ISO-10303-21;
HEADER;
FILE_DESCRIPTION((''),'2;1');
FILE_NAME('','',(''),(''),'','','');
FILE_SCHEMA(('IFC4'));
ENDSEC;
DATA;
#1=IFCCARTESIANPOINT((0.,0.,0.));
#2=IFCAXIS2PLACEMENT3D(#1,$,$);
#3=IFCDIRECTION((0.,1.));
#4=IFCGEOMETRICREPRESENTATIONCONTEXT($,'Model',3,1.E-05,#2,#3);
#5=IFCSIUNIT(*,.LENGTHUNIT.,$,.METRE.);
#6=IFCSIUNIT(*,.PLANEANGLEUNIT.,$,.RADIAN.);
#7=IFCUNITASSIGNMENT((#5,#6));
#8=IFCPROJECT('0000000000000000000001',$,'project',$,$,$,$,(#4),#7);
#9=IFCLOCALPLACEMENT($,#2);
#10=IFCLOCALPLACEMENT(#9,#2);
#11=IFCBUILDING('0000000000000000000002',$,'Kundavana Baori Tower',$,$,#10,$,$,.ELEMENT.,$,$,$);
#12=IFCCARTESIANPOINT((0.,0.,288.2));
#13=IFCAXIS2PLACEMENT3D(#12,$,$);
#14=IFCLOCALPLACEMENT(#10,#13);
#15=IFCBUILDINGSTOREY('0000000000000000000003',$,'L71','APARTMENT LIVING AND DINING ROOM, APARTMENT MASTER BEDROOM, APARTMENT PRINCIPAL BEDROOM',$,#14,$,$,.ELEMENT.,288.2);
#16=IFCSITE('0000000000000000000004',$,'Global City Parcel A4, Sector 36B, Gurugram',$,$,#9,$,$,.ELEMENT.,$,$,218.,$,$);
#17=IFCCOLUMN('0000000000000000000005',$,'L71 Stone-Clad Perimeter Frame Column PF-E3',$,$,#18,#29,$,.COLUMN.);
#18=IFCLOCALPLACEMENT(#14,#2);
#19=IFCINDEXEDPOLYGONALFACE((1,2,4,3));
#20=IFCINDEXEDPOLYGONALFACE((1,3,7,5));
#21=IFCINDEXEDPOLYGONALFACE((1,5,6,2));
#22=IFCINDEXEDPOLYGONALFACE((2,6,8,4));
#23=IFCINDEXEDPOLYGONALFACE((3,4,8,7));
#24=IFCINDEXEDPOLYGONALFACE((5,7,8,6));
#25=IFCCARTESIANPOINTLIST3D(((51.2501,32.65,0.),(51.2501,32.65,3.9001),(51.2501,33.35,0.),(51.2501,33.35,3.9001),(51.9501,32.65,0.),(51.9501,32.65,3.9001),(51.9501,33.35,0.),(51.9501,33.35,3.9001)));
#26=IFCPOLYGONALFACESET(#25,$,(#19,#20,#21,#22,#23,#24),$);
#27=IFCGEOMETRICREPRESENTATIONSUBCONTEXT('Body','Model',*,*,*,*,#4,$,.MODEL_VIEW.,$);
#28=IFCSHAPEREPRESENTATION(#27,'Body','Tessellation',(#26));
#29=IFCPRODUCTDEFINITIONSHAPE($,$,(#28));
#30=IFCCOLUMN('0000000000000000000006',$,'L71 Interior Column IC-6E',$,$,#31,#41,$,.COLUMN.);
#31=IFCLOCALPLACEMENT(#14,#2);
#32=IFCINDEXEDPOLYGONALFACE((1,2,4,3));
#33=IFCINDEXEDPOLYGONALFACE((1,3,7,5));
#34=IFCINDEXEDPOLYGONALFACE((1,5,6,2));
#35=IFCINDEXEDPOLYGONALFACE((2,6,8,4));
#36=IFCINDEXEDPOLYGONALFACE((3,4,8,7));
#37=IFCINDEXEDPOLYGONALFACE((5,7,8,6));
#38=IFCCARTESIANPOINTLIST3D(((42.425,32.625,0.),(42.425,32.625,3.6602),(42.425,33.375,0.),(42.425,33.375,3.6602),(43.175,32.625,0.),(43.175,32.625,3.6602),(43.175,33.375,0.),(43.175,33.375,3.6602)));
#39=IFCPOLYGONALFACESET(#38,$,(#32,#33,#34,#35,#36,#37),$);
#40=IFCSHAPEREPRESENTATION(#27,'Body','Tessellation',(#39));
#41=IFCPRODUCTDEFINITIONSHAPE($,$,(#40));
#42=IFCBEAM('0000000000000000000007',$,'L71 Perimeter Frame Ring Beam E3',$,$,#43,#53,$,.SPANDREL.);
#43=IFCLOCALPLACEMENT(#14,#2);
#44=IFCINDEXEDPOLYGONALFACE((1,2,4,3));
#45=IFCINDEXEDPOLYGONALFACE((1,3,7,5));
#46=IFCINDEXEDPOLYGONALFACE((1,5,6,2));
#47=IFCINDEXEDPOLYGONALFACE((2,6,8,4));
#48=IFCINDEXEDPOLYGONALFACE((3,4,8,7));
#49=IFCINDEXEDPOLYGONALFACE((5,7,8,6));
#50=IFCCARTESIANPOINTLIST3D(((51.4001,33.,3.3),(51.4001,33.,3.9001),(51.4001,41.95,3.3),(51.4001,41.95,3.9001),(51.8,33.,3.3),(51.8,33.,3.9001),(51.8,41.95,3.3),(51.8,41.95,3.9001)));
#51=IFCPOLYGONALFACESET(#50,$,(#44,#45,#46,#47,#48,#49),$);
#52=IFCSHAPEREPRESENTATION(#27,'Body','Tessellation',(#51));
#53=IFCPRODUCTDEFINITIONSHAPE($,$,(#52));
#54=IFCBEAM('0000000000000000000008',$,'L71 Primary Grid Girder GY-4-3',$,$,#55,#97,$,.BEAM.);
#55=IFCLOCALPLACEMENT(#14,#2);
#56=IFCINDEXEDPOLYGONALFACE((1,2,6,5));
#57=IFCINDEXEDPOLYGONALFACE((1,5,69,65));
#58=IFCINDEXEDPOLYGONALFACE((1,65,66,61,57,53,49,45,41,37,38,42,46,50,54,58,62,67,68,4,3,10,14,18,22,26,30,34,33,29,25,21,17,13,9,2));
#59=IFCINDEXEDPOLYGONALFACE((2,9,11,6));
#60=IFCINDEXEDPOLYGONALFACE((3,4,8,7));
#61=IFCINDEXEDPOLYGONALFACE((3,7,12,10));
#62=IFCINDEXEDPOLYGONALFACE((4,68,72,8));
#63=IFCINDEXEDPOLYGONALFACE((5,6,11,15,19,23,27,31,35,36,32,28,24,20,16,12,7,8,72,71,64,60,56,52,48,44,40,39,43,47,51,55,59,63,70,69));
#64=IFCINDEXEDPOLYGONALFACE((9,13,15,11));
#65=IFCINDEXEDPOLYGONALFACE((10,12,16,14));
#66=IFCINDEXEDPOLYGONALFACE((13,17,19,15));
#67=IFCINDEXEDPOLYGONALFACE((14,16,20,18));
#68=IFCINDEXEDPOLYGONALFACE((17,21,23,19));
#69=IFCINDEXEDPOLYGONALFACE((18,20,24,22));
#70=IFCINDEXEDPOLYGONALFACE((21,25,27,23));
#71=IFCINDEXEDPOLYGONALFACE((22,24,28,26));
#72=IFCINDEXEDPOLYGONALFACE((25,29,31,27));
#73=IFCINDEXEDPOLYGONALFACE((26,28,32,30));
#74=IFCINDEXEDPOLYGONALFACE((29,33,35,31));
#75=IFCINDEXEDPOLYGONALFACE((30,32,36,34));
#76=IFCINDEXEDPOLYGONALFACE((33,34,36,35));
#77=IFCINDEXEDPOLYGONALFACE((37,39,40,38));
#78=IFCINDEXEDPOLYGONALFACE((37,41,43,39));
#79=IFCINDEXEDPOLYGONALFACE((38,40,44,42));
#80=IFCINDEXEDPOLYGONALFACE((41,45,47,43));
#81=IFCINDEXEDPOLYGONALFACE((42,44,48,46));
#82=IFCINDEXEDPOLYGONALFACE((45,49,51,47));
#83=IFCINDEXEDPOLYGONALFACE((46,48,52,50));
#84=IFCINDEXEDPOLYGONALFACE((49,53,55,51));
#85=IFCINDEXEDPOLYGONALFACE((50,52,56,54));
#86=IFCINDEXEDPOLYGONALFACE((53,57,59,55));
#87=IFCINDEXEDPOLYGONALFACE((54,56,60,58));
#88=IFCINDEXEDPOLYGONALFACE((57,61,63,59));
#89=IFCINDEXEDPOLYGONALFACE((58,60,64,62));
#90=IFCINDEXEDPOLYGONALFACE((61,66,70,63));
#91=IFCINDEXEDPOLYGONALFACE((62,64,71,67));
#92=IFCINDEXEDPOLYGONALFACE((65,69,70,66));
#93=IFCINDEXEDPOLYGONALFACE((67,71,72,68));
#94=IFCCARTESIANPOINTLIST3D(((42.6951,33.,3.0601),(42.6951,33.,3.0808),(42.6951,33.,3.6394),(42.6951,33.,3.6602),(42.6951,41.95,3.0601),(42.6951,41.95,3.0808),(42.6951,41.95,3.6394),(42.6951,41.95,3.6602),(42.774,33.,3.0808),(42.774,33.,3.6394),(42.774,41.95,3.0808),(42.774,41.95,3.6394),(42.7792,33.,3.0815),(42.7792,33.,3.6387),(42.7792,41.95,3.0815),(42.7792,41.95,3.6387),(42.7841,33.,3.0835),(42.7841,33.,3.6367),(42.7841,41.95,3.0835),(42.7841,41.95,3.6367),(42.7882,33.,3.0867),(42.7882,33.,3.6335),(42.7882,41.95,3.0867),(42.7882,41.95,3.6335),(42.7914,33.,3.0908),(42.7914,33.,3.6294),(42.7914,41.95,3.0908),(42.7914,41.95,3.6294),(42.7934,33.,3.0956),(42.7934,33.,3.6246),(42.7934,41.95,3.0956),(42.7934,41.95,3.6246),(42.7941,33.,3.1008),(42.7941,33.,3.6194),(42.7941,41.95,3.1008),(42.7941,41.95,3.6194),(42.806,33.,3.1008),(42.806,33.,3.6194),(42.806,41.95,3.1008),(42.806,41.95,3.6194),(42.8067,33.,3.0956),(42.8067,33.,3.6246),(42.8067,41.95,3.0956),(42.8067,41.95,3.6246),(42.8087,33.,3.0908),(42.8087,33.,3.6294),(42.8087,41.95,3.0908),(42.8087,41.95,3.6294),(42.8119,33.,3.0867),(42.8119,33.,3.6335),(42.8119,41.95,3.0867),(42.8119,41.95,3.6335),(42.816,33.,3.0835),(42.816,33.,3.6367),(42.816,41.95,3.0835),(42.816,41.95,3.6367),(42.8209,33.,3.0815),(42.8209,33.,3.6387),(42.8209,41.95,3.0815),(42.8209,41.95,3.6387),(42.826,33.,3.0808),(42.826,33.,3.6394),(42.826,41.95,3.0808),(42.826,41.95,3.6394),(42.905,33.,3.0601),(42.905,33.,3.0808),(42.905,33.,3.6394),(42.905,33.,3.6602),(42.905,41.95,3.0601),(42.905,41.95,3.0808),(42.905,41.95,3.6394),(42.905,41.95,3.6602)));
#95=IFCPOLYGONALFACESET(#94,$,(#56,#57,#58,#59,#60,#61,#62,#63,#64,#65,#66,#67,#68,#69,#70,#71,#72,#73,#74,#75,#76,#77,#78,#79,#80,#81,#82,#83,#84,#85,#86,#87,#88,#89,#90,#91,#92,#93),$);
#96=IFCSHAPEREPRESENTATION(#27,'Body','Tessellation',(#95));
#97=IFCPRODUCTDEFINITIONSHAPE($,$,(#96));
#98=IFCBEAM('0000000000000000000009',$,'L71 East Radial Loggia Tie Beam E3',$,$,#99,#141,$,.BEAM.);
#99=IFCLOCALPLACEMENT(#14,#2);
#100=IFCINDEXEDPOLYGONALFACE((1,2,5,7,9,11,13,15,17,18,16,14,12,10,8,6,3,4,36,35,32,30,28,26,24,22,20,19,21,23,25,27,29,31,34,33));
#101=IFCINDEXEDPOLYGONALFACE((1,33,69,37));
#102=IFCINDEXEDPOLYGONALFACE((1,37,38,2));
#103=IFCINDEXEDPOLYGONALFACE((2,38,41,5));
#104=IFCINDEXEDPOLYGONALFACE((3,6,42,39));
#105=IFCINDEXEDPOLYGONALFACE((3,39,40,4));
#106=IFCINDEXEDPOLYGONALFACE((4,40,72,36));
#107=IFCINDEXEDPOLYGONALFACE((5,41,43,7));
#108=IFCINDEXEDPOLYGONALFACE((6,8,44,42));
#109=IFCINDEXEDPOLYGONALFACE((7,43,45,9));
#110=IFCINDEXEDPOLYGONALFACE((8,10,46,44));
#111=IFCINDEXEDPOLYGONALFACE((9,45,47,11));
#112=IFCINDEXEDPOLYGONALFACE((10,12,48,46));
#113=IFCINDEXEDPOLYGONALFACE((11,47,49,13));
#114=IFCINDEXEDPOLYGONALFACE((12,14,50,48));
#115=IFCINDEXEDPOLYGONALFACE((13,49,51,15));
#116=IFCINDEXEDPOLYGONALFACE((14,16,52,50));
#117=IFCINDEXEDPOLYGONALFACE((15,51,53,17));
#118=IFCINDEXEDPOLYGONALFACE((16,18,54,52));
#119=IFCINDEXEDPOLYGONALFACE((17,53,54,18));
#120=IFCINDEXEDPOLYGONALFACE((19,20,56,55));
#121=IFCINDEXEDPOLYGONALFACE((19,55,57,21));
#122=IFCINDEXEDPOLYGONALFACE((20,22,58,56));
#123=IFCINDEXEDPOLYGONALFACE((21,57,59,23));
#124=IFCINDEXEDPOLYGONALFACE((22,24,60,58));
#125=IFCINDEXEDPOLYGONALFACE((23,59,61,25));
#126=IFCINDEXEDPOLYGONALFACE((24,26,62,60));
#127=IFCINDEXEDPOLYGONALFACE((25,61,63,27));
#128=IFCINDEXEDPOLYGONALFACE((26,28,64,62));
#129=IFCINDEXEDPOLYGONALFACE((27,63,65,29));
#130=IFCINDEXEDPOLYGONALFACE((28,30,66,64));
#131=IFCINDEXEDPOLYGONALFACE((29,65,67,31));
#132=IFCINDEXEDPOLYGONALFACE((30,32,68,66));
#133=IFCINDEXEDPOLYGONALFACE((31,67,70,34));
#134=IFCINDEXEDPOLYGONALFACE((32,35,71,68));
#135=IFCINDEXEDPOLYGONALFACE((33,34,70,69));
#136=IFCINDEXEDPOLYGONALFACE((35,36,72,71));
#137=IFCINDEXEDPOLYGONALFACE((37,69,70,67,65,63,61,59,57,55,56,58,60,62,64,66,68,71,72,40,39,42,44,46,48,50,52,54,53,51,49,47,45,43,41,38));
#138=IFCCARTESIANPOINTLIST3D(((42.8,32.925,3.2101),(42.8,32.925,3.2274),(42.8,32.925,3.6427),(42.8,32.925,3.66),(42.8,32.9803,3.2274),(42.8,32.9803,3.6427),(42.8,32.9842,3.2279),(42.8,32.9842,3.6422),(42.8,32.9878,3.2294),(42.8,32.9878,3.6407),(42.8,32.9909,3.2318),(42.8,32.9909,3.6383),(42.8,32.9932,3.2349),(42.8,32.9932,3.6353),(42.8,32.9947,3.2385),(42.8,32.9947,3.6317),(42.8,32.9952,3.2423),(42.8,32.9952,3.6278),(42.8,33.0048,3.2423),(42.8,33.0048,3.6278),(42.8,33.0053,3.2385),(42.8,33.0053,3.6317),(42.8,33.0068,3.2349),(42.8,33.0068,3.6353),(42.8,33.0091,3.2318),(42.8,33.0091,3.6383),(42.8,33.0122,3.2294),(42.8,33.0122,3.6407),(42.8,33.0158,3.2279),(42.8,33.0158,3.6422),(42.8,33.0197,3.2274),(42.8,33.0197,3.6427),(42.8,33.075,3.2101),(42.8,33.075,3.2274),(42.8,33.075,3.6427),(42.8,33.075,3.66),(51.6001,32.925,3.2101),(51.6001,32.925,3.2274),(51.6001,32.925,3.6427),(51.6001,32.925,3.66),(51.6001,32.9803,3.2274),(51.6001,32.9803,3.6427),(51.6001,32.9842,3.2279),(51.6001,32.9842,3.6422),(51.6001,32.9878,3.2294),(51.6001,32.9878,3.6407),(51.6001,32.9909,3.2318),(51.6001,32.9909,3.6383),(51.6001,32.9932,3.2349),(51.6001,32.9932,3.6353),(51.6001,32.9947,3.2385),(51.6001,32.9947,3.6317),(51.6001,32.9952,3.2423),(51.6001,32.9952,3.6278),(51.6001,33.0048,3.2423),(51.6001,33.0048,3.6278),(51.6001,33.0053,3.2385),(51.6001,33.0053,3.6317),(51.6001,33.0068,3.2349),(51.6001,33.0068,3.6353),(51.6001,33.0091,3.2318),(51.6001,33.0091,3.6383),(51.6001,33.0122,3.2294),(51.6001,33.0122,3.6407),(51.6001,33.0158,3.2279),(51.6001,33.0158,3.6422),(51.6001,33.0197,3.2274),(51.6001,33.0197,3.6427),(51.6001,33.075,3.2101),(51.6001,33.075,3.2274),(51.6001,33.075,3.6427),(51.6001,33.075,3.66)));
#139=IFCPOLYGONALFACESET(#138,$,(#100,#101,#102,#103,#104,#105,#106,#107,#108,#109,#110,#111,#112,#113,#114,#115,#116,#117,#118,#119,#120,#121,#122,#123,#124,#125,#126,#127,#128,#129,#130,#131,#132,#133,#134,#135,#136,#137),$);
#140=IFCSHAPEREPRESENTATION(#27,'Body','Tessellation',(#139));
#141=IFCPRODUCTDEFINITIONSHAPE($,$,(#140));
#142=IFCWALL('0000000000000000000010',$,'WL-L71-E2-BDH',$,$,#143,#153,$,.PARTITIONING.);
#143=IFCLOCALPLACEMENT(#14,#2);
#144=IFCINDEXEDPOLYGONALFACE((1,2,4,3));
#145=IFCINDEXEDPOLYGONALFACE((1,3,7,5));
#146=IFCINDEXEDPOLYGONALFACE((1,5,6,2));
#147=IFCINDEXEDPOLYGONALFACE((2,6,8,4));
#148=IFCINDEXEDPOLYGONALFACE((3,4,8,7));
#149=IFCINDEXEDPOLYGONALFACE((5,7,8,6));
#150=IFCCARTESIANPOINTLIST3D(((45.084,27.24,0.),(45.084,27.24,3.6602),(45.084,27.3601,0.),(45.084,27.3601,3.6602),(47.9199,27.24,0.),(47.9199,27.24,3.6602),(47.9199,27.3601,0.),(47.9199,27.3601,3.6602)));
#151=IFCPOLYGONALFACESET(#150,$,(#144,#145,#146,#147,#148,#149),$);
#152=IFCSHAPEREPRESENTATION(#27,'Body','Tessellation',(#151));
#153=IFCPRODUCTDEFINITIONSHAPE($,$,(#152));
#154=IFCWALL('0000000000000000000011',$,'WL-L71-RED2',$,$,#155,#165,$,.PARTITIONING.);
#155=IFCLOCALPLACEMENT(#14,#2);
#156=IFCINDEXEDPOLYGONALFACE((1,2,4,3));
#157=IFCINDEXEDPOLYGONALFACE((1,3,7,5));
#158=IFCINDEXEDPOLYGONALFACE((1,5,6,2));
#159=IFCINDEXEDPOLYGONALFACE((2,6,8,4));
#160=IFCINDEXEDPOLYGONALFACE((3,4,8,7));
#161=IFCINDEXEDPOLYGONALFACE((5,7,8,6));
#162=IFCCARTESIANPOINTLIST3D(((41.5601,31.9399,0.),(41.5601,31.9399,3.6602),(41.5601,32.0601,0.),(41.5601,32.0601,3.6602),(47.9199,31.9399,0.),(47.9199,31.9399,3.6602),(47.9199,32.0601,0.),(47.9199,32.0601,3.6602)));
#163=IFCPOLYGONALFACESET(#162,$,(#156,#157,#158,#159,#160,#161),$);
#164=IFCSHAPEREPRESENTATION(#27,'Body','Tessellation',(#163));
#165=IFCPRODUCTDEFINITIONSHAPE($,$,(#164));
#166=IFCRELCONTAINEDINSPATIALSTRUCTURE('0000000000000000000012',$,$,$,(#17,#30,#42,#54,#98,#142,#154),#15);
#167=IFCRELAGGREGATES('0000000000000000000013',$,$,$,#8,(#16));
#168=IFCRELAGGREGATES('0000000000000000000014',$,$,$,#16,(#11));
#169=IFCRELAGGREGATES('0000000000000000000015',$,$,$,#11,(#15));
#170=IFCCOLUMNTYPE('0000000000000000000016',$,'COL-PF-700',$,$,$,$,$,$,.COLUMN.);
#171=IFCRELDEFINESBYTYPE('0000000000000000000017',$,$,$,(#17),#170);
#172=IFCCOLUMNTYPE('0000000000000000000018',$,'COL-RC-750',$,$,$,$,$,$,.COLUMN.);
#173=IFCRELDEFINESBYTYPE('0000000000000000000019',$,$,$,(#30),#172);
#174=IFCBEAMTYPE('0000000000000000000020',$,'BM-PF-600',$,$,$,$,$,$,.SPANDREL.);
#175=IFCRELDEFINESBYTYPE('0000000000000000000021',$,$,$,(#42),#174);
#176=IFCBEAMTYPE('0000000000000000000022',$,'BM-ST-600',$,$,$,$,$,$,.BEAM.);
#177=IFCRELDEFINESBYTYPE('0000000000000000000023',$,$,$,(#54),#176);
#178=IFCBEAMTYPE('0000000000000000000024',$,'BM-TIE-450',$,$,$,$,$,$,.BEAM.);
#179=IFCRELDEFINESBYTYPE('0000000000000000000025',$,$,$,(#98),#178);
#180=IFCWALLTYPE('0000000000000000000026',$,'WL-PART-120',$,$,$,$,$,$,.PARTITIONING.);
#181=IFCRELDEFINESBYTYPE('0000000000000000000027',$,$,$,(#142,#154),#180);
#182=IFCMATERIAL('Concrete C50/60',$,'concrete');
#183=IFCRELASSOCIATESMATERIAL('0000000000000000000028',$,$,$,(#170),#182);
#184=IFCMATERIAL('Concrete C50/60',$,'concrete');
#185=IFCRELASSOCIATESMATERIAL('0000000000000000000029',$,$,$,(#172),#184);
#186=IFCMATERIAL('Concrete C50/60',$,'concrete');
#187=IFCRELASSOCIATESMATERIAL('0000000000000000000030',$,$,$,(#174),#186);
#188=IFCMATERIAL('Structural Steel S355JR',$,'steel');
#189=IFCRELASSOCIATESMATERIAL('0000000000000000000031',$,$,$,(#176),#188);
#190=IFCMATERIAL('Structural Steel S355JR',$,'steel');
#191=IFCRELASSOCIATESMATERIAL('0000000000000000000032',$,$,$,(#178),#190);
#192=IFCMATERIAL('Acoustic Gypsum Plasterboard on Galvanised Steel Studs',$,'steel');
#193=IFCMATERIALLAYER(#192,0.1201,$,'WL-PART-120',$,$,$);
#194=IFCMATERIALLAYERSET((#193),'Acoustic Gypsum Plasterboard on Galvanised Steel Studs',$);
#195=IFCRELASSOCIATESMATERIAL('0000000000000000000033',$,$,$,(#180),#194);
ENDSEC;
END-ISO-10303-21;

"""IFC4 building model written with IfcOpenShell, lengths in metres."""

from ifc_helpers import new_model, si_unit, direction, frame, frame_2d, origin, origin_2d, place, context, subcontext, project, spatial, rectangle, i_section, extrude, material, layer, layer_set, material_profile, profile_set, type_object, element, save


model = new_model("IFC4")

# Units and contexts
model_context = context("Model", 3, precision=1e-05, world=origin(), true_north=direction((0.0, 1.0)))
body_context = subcontext(model_context, "Body", "Model", "MODEL_VIEW")
ifc_project = project(units=[si_unit("LENGTHUNIT", "METRE"), si_unit("PLANEANGLEUNIT", "RADIAN")], contexts=[model_context])

# Site, building, storey
site_placement = place(None, origin())
site = spatial("IfcSite", under=ifc_project, at=site_placement, Name="Global City Parcel A4, Sector 36B, Gurugram", CompositionType="ELEMENT", RefElevation=218.0)
building_placement = place(site_placement, origin())
building = spatial("IfcBuilding", under=site, at=building_placement, Name="Kundavana Baori Tower", CompositionType="ELEMENT")
storey_placement = place(building_placement, frame((0.0, 0.0, 288.2)))
storey = spatial("IfcBuildingStorey", under=building, at=storey_placement, Name="L71", Description="APARTMENT LIVING AND DINING ROOM, APARTMENT MASTER BEDROOM, APARTMENT PRINCIPAL BEDROOM", CompositionType="ELEMENT", Elevation=288.2)

# Columns
ifc_material_1 = material(Name="Concrete C50/60", Category="concrete")
ifc_material_profile_1 = material_profile(ifc_material_1, rectangle(XDim=0.7, YDim=0.7, at=origin_2d()), Name="RC PF 700x700")
ifc_profile_set_1 = profile_set([ifc_material_profile_1], Name="Concrete C50/60")
column_type_1 = type_object("IfcColumnType", Name="COL-PF-700", PredefinedType="COLUMN", material=ifc_profile_set_1)
column_1_placement = place(storey_placement, frame((51.6001, 33.0, 0.0), z_axis=(0.0, 0.0, 1.0), x_axis=(1.0, 0.0, 0.0)))
element("IfcColumn", 1, at=column_1_placement, inside=storey, type_object=column_type_1, Name="L71 Stone-Clad Perimeter Frame Column PF-E3", PredefinedType="COLUMN", context=body_context, shape_type="SweptSolid", body=[
    extrude(rectangle(XDim=0.7, YDim=0.7, at=origin_2d()), origin(), (0.0, 0.0, 1.0), 3.9001),
])
ifc_material_2 = material(Name="Concrete C50/60", Category="concrete")
ifc_material_profile_2 = material_profile(ifc_material_2, rectangle(XDim=0.75, YDim=0.75, at=origin_2d()), Name="RC 750x750")
ifc_profile_set_2 = profile_set([ifc_material_profile_2], Name="Concrete C50/60")
column_type_2 = type_object("IfcColumnType", Name="COL-RC-750", PredefinedType="COLUMN", material=ifc_profile_set_2)
column_2_placement = place(storey_placement, frame((42.8, 33.0, 0.0), z_axis=(0.0, 0.0, 1.0), x_axis=(1.0, 0.0, 0.0)))
element("IfcColumn", 2, at=column_2_placement, inside=storey, type_object=column_type_2, Name="L71 Interior Column IC-6E", PredefinedType="COLUMN", context=body_context, shape_type="SweptSolid", body=[
    extrude(rectangle(XDim=0.75, YDim=0.75, at=origin_2d()), origin(), (0.0, 0.0, 1.0), 3.6602),
])

# Beams
ifc_material_3 = material(Name="Concrete C50/60", Category="concrete")
ifc_material_profile_3 = material_profile(ifc_material_3, rectangle(XDim=0.3999, YDim=0.6001, at=origin_2d()), Name="RC BM 400x600")
ifc_profile_set_3 = profile_set([ifc_material_profile_3], Name="Concrete C50/60")
beam_type_1 = type_object("IfcBeamType", Name="BM-PF-600", PredefinedType="SPANDREL", material=ifc_profile_set_3)
beam_1_placement = place(storey_placement, frame((51.6001, 33.0, 3.6001), z_axis=(0.0, 1.0, 0.0), x_axis=(-1.0, 0.0, 0.0)))
element("IfcBeam", 3, at=beam_1_placement, inside=storey, type_object=beam_type_1, Name="L71 Perimeter Frame Ring Beam E3", PredefinedType="SPANDREL", context=body_context, shape_type="SweptSolid", body=[
    extrude(rectangle(XDim=0.3999, YDim=0.6001, at=origin_2d()), origin(), (0.0, 0.0, 1.0), 8.95),
])
ifc_material_4 = material(Name="Structural Steel S355JR", Category="steel")
ifc_material_profile_4 = material_profile(ifc_material_4, i_section(OverallWidth=0.21, OverallDepth=0.6001, WebThickness=0.012, FlangeThickness=0.0208, FilletRadius=0.02, at=origin_2d()), Name="ISMB 600")
ifc_profile_set_4 = profile_set([ifc_material_profile_4], Name="Structural Steel S355JR")
beam_type_2 = type_object("IfcBeamType", Name="BM-ST-600", PredefinedType="BEAM", material=ifc_profile_set_4)
beam_2_placement = place(storey_placement, frame((42.8, 33.0, 3.3601), z_axis=(0.0, 1.0, 0.0), x_axis=(-1.0, 0.0, 0.0)))
element("IfcBeam", 4, at=beam_2_placement, inside=storey, type_object=beam_type_2, Name="L71 Primary Grid Girder GY-4-3", PredefinedType="BEAM", context=body_context, shape_type="SweptSolid", body=[
    extrude(i_section(OverallWidth=0.21, OverallDepth=0.6001, WebThickness=0.012, FlangeThickness=0.0208, FilletRadius=0.02, at=origin_2d()), origin(), (0.0, 0.0, 1.0), 8.95),
])
ifc_material_5 = material(Name="Structural Steel S355JR", Category="steel")
ifc_material_profile_5 = material_profile(ifc_material_5, i_section(OverallWidth=0.1499, OverallDepth=0.45, WebThickness=0.0095, FlangeThickness=0.0173, FilletRadius=0.0149, at=origin_2d()), Name="ISMB 450")
ifc_profile_set_5 = profile_set([ifc_material_profile_5], Name="Structural Steel S355JR")
beam_type_3 = type_object("IfcBeamType", Name="BM-TIE-450", PredefinedType="BEAM", material=ifc_profile_set_5)
beam_3_placement = place(storey_placement, frame((42.8, 33.0, 3.4351), z_axis=(1.0, 0.0, 0.0), x_axis=(0.0, 1.0, 0.0)))
element("IfcBeam", 5, at=beam_3_placement, inside=storey, type_object=beam_type_3, Name="L71 East Radial Loggia Tie Beam E3", PredefinedType="BEAM", context=body_context, shape_type="SweptSolid", body=[
    extrude(i_section(OverallWidth=0.1499, OverallDepth=0.45, WebThickness=0.0095, FlangeThickness=0.0173, FilletRadius=0.0149, at=origin_2d()), origin(), (0.0, 0.0, 1.0), 8.8),
])

# Walls
ifc_material_6 = material(Name="Acoustic Gypsum Plasterboard on Galvanised Steel Studs", Category="steel")
ifc_layer_1 = layer(ifc_material_6, 0.1201, Name="WL-PART-120")
ifc_layer_set_1 = layer_set([ifc_layer_1], Name="Acoustic Gypsum Plasterboard on Galvanised Steel Studs")
wall_type_1 = type_object("IfcWallType", Name="WL-PART-120", PredefinedType="PARTITIONING", material=ifc_layer_set_1)
wall_1_placement = place(storey_placement, frame((45.084, 27.3, 0.0), z_axis=(0.0, 0.0, 1.0), x_axis=(1.0, 0.0, 0.0)))
element("IfcWall", 6, at=wall_1_placement, inside=storey, type_object=wall_type_1, Name="WL-L71-E2-BDH", PredefinedType="PARTITIONING", context=body_context, shape_type="SweptSolid", body=[
    extrude(rectangle(XDim=2.8359, YDim=0.1201, at=frame_2d((1.418, 0.0))), origin(), (0.0, 0.0, 1.0), 3.6602),
])
wall_2_placement = place(storey_placement, frame((41.5601, 32.0, 0.0), z_axis=(0.0, 0.0, 1.0), x_axis=(1.0, 0.0, 0.0)))
element("IfcWall", 7, at=wall_2_placement, inside=storey, type_object=wall_type_1, Name="WL-L71-RED2", PredefinedType="PARTITIONING", context=body_context, shape_type="SweptSolid", body=[
    extrude(rectangle(XDim=6.3599, YDim=0.1201, at=frame_2d((3.1799, 0.0))), origin(), (0.0, 0.0, 1.0), 3.6602),
])

save(model, "model.ifc")
